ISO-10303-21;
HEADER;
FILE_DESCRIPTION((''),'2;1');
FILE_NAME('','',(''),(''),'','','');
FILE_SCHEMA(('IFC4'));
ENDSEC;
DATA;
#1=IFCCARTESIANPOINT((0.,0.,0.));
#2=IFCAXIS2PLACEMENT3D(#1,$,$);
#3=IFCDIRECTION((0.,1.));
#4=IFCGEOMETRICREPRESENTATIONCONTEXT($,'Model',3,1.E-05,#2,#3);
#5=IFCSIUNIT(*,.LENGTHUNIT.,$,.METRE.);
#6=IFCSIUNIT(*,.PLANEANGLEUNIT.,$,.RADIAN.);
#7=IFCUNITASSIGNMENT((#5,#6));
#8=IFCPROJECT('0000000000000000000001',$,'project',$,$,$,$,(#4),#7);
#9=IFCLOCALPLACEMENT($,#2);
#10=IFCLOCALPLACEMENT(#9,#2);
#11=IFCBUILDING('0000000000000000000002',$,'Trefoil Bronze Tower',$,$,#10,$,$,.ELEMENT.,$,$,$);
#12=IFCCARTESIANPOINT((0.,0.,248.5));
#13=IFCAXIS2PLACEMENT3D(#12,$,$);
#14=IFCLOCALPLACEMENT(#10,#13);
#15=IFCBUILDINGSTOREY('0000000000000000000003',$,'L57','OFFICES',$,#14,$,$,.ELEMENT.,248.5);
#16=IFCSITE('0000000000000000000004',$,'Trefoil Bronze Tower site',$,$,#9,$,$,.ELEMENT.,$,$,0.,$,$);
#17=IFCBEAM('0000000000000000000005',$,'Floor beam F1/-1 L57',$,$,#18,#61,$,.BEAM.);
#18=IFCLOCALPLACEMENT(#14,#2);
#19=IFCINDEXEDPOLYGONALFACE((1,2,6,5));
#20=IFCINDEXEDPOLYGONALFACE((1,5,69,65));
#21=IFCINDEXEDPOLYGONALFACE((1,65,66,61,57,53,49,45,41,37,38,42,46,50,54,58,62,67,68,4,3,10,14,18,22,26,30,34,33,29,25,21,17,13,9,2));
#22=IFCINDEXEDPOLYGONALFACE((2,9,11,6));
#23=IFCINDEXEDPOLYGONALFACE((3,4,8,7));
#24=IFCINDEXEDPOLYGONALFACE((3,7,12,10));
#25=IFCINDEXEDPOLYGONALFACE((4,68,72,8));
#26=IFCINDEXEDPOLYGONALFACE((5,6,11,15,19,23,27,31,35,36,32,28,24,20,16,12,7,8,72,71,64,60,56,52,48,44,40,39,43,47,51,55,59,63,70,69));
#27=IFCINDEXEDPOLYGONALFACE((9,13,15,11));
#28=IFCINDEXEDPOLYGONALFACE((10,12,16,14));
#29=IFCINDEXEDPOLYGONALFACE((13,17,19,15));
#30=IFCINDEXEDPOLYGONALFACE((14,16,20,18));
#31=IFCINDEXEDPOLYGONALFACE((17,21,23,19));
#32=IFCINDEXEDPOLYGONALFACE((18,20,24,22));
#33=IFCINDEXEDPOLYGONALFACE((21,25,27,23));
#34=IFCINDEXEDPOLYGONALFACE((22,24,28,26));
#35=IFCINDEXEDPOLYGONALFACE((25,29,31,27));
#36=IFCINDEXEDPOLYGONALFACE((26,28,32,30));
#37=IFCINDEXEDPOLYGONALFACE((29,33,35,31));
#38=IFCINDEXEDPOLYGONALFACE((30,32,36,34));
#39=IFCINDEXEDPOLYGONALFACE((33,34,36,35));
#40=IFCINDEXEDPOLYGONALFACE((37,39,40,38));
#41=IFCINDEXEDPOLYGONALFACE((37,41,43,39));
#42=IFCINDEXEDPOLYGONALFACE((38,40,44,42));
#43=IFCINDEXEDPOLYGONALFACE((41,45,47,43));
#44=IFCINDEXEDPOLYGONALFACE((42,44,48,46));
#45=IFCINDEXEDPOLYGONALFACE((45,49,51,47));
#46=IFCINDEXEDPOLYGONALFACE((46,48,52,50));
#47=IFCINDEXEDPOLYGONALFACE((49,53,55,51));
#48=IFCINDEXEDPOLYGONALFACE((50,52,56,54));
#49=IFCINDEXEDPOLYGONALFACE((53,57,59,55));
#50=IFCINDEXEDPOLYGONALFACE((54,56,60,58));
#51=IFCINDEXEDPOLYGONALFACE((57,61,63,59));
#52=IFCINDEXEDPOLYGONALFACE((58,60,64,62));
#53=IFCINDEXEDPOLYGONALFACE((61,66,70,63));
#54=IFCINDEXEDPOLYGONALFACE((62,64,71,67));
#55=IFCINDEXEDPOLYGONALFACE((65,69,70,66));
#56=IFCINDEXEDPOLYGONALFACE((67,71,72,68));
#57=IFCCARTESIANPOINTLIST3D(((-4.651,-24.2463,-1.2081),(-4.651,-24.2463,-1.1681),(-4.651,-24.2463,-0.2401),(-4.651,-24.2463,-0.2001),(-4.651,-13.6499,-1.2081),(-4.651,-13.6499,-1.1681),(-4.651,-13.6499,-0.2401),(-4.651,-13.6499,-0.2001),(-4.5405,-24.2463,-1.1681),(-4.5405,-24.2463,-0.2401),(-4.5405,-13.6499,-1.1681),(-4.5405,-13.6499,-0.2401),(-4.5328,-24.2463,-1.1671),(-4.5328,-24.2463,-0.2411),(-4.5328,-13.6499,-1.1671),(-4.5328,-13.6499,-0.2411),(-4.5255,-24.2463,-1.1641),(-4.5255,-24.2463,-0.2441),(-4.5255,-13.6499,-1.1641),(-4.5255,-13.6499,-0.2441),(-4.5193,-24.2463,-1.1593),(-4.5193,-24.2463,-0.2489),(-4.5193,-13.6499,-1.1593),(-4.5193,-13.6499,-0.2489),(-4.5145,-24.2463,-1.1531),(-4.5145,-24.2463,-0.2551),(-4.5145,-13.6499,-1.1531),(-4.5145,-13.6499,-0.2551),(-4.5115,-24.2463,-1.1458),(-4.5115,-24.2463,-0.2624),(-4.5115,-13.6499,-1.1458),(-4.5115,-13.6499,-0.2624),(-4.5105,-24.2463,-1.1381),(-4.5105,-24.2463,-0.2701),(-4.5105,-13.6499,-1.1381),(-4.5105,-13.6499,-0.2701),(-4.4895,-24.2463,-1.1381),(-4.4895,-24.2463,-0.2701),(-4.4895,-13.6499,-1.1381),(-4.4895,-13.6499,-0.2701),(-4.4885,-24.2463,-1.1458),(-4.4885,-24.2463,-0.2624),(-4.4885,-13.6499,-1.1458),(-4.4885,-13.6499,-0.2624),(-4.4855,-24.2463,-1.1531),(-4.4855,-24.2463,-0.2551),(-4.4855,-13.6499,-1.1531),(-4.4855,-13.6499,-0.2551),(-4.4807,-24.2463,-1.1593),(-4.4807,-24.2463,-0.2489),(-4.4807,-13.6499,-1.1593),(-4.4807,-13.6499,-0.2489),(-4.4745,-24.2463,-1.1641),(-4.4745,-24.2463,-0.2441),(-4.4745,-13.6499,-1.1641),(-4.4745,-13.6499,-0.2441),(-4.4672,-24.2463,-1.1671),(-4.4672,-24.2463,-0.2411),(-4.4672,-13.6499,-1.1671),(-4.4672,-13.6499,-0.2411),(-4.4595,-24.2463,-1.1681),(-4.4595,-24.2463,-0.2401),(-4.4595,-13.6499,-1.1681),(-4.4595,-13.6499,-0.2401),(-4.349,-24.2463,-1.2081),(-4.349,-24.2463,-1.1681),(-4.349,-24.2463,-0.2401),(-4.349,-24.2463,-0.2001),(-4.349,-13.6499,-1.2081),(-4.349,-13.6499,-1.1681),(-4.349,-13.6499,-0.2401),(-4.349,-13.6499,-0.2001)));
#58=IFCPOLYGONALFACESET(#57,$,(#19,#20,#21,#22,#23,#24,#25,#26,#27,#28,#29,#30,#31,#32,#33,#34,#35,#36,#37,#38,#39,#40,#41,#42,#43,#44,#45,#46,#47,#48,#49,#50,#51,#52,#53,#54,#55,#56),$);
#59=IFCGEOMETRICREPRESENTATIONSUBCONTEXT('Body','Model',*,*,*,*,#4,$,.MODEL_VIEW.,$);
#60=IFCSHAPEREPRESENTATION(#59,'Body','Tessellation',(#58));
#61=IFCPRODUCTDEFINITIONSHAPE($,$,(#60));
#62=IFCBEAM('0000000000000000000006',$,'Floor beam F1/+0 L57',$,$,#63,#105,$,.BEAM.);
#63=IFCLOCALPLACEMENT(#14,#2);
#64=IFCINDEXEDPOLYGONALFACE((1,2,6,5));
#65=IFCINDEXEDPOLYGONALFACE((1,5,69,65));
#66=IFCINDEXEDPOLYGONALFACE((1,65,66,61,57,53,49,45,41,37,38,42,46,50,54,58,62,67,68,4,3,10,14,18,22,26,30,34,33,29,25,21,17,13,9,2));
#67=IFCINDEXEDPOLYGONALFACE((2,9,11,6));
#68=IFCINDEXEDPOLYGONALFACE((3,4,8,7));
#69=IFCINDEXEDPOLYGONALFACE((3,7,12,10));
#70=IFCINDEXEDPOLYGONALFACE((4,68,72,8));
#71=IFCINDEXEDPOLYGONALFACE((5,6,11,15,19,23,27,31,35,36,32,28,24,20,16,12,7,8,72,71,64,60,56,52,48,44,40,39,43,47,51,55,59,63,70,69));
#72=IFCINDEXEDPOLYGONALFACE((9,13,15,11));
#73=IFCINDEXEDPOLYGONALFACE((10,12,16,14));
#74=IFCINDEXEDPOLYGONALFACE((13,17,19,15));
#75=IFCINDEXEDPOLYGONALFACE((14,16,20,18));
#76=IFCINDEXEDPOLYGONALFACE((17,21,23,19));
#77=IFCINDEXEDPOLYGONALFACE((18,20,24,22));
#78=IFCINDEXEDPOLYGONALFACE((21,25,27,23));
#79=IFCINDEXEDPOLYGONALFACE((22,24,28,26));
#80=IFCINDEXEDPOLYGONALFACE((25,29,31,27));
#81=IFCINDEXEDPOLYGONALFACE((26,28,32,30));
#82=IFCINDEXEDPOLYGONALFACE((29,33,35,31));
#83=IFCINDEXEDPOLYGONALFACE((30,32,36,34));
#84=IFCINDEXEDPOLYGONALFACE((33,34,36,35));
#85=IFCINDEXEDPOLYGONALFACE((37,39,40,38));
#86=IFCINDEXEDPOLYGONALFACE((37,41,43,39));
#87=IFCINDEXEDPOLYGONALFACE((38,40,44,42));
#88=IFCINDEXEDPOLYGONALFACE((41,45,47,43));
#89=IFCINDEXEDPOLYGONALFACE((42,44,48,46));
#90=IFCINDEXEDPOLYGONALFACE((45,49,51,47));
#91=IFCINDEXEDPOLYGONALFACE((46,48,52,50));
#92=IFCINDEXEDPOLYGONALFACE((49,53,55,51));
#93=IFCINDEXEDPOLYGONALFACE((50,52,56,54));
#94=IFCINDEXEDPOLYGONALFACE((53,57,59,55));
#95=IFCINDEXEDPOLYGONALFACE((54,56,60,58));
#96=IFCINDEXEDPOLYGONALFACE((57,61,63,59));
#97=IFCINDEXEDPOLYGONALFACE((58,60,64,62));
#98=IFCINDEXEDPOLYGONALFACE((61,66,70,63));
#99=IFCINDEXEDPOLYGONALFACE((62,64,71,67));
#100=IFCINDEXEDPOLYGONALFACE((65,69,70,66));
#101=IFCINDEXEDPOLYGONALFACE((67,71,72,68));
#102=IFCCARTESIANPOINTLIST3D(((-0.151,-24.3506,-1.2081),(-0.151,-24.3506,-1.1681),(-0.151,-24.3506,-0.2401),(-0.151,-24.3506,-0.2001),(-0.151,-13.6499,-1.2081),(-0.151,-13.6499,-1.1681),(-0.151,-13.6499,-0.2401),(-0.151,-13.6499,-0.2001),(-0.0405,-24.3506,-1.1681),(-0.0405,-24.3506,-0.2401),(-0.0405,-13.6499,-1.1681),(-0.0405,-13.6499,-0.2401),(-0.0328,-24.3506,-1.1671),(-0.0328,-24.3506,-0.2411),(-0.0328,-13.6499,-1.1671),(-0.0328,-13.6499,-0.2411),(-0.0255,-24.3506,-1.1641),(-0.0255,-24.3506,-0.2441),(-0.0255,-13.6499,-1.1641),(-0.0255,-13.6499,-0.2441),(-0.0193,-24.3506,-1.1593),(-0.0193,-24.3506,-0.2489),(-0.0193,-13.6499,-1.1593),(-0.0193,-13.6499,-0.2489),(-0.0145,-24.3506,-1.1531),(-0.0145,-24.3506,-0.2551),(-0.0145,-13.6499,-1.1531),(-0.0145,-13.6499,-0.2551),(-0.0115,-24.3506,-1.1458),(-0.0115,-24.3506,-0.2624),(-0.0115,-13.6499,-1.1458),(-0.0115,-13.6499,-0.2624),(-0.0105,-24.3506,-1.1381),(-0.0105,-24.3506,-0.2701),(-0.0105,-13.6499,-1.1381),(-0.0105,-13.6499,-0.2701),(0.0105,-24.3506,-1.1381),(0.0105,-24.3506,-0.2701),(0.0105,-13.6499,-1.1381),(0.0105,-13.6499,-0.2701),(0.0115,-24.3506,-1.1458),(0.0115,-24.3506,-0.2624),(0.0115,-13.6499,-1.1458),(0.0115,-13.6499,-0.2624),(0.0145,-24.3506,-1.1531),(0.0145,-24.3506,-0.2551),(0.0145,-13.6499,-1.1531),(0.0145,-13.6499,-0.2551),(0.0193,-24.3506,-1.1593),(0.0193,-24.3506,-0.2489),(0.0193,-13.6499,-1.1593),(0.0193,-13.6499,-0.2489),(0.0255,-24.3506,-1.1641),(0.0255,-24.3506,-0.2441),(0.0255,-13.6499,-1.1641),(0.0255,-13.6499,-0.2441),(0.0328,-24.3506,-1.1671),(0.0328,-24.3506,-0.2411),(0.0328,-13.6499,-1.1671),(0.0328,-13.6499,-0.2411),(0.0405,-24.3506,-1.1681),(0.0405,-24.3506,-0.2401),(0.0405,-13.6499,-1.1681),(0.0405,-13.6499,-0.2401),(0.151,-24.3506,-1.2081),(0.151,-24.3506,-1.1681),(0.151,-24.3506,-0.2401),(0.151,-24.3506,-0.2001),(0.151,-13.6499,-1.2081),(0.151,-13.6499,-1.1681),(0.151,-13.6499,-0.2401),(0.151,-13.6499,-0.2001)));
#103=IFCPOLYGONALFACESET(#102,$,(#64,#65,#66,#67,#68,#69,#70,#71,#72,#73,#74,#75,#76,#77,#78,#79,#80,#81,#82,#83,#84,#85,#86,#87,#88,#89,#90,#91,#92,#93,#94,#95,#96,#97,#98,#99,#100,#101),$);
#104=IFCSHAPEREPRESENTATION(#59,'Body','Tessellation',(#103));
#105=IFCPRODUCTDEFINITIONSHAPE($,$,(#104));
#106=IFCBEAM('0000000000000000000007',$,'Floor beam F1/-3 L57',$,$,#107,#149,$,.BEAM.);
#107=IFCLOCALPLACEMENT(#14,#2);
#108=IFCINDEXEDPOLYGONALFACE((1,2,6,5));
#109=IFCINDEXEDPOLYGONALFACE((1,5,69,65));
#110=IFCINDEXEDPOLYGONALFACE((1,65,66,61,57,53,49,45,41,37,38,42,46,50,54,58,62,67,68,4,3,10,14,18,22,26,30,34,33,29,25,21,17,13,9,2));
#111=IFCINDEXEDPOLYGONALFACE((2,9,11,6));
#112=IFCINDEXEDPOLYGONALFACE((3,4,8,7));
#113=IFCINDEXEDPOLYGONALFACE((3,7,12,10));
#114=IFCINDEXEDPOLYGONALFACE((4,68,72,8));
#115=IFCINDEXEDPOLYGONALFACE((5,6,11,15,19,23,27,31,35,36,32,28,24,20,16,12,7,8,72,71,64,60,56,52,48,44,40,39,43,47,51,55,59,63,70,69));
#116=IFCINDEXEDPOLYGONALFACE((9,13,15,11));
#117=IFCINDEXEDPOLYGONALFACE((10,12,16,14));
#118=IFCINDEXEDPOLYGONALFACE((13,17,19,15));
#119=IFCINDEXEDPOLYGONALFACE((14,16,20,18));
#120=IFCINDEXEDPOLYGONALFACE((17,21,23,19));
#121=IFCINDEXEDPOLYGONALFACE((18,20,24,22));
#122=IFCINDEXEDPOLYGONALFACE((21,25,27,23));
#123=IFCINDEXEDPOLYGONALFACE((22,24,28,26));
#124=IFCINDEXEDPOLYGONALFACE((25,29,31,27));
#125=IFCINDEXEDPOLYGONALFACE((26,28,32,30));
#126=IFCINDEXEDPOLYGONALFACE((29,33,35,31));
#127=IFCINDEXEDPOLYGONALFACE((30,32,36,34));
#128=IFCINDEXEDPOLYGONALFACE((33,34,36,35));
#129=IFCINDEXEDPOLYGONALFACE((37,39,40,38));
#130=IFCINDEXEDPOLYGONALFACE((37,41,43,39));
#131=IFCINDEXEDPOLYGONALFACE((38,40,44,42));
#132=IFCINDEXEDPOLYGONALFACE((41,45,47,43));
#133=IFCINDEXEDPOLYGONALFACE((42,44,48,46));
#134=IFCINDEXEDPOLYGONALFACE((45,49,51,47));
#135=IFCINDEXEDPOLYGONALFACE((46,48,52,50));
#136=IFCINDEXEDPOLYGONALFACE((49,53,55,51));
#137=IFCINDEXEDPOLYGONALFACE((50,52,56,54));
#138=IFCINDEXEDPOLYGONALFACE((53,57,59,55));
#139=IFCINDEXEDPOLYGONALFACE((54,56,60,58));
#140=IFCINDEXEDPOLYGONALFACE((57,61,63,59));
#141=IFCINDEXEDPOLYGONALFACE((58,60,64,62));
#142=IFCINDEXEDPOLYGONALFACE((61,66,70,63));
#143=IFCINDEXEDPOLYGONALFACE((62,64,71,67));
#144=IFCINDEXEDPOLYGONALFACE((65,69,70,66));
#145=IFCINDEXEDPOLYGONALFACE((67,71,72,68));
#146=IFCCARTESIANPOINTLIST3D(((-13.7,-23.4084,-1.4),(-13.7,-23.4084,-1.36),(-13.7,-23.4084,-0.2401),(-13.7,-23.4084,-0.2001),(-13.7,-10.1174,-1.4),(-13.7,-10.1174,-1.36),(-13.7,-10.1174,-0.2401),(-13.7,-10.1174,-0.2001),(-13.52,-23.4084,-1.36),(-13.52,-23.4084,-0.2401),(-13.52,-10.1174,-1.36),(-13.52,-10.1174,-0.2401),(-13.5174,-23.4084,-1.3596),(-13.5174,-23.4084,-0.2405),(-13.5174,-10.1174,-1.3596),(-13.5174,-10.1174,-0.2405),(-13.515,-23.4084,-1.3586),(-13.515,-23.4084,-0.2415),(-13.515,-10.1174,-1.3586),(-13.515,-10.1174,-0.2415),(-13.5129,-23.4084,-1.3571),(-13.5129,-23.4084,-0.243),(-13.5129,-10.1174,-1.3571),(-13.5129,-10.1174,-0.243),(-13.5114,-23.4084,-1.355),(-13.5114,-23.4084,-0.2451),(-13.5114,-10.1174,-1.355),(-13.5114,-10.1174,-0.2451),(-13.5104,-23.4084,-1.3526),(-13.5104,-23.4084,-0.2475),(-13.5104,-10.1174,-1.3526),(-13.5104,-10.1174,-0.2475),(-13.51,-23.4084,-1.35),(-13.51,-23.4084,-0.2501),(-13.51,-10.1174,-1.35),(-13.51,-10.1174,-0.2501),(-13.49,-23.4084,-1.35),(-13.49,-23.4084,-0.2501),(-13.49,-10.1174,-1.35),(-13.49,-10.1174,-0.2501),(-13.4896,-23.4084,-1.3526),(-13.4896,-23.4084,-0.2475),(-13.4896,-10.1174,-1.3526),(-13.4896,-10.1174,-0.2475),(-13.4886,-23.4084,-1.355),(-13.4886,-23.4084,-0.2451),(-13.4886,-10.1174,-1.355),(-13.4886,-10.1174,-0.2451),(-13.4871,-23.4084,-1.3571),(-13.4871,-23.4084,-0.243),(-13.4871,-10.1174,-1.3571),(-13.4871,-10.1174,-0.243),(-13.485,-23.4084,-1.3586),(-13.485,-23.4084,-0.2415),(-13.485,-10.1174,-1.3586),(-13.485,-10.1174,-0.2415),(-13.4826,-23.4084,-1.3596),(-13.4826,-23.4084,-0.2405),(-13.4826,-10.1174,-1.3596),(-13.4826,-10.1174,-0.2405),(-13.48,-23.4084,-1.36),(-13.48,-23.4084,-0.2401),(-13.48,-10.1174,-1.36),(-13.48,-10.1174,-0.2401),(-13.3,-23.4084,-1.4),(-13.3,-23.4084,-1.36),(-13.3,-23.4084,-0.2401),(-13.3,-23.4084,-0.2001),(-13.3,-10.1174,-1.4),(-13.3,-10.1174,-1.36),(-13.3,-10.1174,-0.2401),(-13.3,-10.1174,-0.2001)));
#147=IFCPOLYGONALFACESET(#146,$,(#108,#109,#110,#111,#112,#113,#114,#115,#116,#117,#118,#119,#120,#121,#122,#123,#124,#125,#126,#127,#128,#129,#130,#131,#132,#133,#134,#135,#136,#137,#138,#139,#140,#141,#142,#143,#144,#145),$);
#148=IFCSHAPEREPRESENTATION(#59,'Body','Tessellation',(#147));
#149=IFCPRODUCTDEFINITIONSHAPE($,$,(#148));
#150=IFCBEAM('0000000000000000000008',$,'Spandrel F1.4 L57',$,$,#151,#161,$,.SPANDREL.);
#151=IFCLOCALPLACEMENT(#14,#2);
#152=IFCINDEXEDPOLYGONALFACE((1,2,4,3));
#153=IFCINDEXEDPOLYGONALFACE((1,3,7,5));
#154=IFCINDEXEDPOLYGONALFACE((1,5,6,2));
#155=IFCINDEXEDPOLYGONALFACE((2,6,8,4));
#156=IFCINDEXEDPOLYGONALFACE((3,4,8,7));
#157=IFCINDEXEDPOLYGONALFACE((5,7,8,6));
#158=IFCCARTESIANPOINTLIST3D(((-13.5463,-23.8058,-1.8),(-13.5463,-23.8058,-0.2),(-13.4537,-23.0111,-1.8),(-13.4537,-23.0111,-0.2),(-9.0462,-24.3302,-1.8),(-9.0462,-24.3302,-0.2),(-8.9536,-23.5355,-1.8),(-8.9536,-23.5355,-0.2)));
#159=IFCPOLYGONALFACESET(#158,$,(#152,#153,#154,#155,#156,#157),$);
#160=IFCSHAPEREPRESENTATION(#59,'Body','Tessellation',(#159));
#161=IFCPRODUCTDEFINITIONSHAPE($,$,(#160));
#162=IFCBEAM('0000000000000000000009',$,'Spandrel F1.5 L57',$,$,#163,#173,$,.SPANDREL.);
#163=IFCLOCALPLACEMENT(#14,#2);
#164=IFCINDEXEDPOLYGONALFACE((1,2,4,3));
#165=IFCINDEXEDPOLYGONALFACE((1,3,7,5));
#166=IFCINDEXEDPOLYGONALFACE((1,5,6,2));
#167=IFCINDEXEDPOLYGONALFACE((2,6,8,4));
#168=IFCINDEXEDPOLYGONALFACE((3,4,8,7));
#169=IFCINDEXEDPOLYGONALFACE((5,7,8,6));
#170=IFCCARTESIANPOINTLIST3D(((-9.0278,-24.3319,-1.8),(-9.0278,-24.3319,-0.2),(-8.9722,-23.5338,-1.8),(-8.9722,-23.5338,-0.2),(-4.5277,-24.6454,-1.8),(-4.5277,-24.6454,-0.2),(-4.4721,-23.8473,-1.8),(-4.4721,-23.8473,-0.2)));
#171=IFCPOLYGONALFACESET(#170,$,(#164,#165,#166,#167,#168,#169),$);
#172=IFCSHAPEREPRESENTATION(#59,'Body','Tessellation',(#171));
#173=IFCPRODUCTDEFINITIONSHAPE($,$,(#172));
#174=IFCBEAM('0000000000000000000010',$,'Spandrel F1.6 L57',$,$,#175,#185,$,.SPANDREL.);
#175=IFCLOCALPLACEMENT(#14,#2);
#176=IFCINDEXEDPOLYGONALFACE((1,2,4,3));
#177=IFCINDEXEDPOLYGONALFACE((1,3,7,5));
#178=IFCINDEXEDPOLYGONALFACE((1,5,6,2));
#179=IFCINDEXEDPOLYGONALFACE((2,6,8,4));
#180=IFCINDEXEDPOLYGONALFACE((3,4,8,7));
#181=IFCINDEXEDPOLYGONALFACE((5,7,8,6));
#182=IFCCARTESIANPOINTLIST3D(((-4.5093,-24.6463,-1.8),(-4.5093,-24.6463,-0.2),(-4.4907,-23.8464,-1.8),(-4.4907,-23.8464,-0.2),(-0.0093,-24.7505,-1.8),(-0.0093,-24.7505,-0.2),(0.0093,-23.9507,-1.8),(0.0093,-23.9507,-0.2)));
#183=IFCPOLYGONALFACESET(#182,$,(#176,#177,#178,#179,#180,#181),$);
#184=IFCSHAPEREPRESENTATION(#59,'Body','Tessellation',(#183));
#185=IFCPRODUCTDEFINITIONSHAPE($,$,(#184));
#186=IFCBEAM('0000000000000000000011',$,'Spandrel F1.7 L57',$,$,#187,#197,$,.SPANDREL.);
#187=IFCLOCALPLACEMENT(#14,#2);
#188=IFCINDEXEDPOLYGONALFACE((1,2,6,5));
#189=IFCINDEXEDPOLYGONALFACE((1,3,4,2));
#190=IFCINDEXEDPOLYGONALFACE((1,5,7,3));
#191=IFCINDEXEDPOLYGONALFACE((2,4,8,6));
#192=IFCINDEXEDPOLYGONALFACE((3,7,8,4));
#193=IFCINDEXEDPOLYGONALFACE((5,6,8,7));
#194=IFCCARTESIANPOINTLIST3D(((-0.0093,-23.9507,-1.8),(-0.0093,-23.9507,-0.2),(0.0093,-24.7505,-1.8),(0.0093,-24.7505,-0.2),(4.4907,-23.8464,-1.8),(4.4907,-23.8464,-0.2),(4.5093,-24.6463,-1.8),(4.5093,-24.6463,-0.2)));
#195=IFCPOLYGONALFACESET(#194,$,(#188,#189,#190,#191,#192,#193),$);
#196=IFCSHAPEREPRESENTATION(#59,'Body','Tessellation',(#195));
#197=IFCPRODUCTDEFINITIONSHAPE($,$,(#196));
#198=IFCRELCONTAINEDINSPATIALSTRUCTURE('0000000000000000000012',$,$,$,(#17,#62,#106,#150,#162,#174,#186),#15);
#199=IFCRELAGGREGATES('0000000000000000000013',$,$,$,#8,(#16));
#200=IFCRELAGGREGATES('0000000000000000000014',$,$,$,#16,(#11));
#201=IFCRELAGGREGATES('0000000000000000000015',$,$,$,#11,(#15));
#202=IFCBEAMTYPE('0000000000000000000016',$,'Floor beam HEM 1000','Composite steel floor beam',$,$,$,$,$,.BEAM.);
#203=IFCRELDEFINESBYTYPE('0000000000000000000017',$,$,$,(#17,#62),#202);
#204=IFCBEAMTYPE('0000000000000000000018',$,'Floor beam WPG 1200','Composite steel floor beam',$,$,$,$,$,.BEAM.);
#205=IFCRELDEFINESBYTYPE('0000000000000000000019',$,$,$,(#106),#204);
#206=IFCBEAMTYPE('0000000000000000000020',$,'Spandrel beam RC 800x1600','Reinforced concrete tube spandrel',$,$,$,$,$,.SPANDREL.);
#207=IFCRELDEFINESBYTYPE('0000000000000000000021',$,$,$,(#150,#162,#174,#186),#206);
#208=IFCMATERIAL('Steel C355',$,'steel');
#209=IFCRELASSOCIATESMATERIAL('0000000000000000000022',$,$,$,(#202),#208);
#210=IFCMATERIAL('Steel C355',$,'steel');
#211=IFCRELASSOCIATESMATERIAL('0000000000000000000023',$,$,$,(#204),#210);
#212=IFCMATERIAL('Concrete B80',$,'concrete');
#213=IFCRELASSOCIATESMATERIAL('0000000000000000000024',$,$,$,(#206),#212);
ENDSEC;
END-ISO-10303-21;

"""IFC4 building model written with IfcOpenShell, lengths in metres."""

from ifc_helpers import new_model, si_unit, direction, frame, origin, origin_2d, place, context, subcontext, project, spatial, rectangle, i_section, extrude, material, material_profile, profile_set, type_object, element, save


model = new_model("IFC4")

# Units and contexts
model_context = context("Model", 3, precision=1e-05, world=origin(), true_north=direction((0.0, 1.0)))
body_context = subcontext(model_context, "Body", "Model", "MODEL_VIEW")
ifc_project = project(units=[si_unit("LENGTHUNIT", "METRE"), si_unit("PLANEANGLEUNIT", "RADIAN")], contexts=[model_context])

# Site, building, storey
site_placement = place(None, origin())
site = spatial("IfcSite", under=ifc_project, at=site_placement, Name="Trefoil Bronze Tower site", CompositionType="ELEMENT", RefElevation=0.0)
building_placement = place(site_placement, origin())
building = spatial("IfcBuilding", under=site, at=building_placement, Name="Trefoil Bronze Tower", CompositionType="ELEMENT")
storey_placement = place(building_placement, frame((0.0, 0.0, 248.5)))
storey = spatial("IfcBuildingStorey", under=building, at=storey_placement, Name="L57", Description="OFFICES", CompositionType="ELEMENT", Elevation=248.5)

# Beams
ifc_material_1 = material(Name="Steel C355", Category="steel")
ifc_material_profile_1 = material_profile(ifc_material_1, i_section(OverallWidth=0.302, OverallDepth=1.0081, WebThickness=0.021, FlangeThickness=0.04, FilletRadius=0.03, at=origin_2d()), Name="HEM 1000")
ifc_profile_set_1 = profile_set([ifc_material_profile_1], Name="Steel C355")
beam_type_1 = type_object("IfcBeamType", Name="Floor beam HEM 1000", Description="Composite steel floor beam", PredefinedType="BEAM", material=ifc_profile_set_1)
beam_1_placement = place(storey_placement, frame((-4.5, -24.2463, -0.7041), z_axis=(0.0, 1.0, 0.0), x_axis=(-1.0, 0.0, 0.0)))
element("IfcBeam", 1, at=beam_1_placement, inside=storey, type_object=beam_type_1, Name="Floor beam F1/-1 L57", PredefinedType="BEAM", context=body_context, shape_type="SweptSolid", body=[
    extrude(i_section(OverallWidth=0.302, OverallDepth=1.0081, WebThickness=0.021, FlangeThickness=0.04, FilletRadius=0.03, at=origin_2d()), origin(), (0.0, 0.0, 1.0), 10.5964),
])
beam_2_placement = place(storey_placement, frame((0.0, -24.3506, -0.7041), z_axis=(0.0, 1.0, 0.0), x_axis=(-1.0, 0.0, 0.0)))
element("IfcBeam", 2, at=beam_2_placement, inside=storey, type_object=beam_type_1, Name="Floor beam F1/+0 L57", PredefinedType="BEAM", context=body_context, shape_type="SweptSolid", body=[
    extrude(i_section(OverallWidth=0.302, OverallDepth=1.0081, WebThickness=0.021, FlangeThickness=0.04, FilletRadius=0.03, at=origin_2d()), origin(), (0.0, 0.0, 1.0), 10.7007),
])
ifc_material_2 = material(Name="Steel C355", Category="steel")
ifc_material_profile_2 = material_profile(ifc_material_2, i_section(OverallWidth=0.3999, OverallDepth=1.2, WebThickness=0.02, FlangeThickness=0.04, FilletRadius=0.01, at=origin_2d()), Name="WPG 1200")
ifc_profile_set_2 = profile_set([ifc_material_profile_2], Name="Steel C355")
beam_type_2 = type_object("IfcBeamType", Name="Floor beam WPG 1200", Description="Composite steel floor beam", PredefinedType="BEAM", material=ifc_profile_set_2)
beam_3_placement = place(storey_placement, frame((-13.5, -23.4084, -0.8), z_axis=(0.0, 1.0, 0.0), x_axis=(-1.0, 0.0, 0.0)))
element("IfcBeam", 3, at=beam_3_placement, inside=storey, type_object=beam_type_2, Name="Floor beam F1/-3 L57", PredefinedType="BEAM", context=body_context, shape_type="SweptSolid", body=[
    extrude(i_section(OverallWidth=0.3999, OverallDepth=1.2, WebThickness=0.02, FlangeThickness=0.04, FilletRadius=0.01, at=origin_2d()), origin(), (0.0, 0.0, 1.0), 13.291),
])
ifc_material_3 = material(Name="Concrete B80", Category="concrete")
ifc_material_profile_3 = material_profile(ifc_material_3, rectangle(XDim=0.8, YDim=1.6001, at=origin_2d()), Name="RC 800x1600")
ifc_profile_set_3 = profile_set([ifc_material_profile_3], Name="Concrete B80")
beam_type_3 = type_object("IfcBeamType", Name="Spandrel beam RC 800x1600", Description="Reinforced concrete tube spandrel", PredefinedType="SPANDREL", material=ifc_profile_set_3)
beam_4_placement = place(storey_placement, frame((-13.5, -23.4084, -1.0), z_axis=(0.993278, -0.115753, 0.0), x_axis=(0.115753, 0.993278, 0.0)))
element("IfcBeam", 4, at=beam_4_placement, inside=storey, type_object=beam_type_3, Name="Spandrel F1.4 L57", PredefinedType="SPANDREL", context=body_context, shape_type="SweptSolid", body=[
    extrude(rectangle(XDim=0.8, YDim=1.6001, at=origin_2d()), origin(), (0.0, 0.0, 1.0), 4.5305),
])
beam_5_placement = place(storey_placement, frame((-9.0, -23.9329, -1.0), z_axis=(0.997582, -0.069493, 0.0), x_axis=(0.069493, 0.997582, 0.0)))
element("IfcBeam", 5, at=beam_5_placement, inside=storey, type_object=beam_type_3, Name="Spandrel F1.5 L57", PredefinedType="SPANDREL", context=body_context, shape_type="SweptSolid", body=[
    extrude(rectangle(XDim=0.8, YDim=1.6001, at=origin_2d()), origin(), (0.0, 0.0, 1.0), 4.511),
])
for number, where, z_axis, x_axis, name in (
    (6, (-4.5, -24.2463, -1.0), (0.999732, -0.02316, 0.0), (0.02316, 0.999732, 0.0), "Spandrel F1.6 L57"),
    (7, (0.0, -24.3506, -1.0), (0.999732, 0.02316, 0.0), (-0.02316, 0.999732, 0.0), "Spandrel F1.7 L57"),
):
    element("IfcBeam", number, at=place(storey_placement, frame(where, z_axis=z_axis, x_axis=x_axis)), inside=storey, type_object=beam_type_3, Name=name, PredefinedType="SPANDREL", context=body_context, shape_type="SweptSolid", body=[
        extrude(rectangle(XDim=0.8, YDim=1.6001, at=origin_2d()), origin(), (0.0, 0.0, 1.0), 4.5012),
    ])

save(model, "model.ifc")
